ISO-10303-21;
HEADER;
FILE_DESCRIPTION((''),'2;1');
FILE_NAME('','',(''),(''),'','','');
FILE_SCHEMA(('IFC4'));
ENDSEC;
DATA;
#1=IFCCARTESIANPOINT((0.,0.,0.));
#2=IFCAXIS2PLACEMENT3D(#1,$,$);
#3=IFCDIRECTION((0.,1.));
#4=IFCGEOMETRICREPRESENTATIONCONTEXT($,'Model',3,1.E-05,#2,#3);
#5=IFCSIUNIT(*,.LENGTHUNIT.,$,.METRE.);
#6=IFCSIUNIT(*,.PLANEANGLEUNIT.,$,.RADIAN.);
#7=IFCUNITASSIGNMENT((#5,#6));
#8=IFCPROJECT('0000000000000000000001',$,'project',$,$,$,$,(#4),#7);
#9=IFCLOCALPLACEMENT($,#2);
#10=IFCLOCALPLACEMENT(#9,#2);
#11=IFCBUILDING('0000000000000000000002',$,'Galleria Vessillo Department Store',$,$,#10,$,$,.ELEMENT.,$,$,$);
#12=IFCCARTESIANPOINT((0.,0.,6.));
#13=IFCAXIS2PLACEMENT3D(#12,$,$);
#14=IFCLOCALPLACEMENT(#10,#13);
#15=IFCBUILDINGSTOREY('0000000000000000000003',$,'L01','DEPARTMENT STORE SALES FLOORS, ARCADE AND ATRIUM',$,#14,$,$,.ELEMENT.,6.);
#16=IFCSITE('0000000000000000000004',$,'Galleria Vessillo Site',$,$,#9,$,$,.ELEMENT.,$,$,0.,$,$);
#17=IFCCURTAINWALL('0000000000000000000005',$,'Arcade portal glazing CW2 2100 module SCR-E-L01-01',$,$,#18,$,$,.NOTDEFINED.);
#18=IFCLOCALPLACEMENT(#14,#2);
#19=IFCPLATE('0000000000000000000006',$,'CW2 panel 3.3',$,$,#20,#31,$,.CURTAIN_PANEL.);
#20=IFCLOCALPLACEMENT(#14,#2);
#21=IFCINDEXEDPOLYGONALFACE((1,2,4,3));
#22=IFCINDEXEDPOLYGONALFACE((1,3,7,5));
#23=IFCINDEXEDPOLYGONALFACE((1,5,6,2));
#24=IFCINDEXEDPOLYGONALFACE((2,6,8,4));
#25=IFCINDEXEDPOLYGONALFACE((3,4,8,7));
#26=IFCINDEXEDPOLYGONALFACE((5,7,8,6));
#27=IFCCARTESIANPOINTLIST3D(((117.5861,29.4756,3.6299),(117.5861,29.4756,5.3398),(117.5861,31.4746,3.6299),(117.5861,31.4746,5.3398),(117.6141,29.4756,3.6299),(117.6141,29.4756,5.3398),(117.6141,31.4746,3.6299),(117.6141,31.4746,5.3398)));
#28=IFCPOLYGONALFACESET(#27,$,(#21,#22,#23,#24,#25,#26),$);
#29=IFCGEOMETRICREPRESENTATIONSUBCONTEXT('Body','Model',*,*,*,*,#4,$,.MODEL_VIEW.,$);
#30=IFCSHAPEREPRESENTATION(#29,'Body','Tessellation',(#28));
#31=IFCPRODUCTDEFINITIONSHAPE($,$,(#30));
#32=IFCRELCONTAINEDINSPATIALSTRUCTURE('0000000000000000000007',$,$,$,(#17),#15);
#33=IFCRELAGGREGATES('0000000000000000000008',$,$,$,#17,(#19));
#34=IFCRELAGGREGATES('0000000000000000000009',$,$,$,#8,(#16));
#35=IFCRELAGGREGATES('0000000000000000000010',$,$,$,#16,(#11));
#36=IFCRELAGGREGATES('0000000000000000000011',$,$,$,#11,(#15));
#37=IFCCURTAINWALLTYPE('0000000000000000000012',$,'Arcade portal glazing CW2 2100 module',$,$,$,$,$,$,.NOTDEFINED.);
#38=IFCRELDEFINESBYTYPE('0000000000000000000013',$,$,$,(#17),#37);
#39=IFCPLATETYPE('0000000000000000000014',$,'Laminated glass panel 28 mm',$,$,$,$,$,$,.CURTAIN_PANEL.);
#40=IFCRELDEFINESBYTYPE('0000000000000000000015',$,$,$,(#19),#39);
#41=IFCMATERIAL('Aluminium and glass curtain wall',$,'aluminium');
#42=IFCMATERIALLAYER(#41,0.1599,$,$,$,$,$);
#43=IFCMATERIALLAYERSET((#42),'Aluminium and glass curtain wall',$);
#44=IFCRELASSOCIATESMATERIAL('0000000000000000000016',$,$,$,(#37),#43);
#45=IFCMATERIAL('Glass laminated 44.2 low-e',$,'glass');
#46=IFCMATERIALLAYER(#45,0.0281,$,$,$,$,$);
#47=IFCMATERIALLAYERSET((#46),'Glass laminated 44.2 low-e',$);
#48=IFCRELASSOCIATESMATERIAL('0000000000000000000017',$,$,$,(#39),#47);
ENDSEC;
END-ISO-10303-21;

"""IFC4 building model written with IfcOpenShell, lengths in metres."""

from ifc_helpers import new_model, si_unit, direction, frame, origin, origin_2d, place, context, subcontext, project, spatial, rectangle, extrude, material, layer, layer_set, type_object, element, aggregate, save


model = new_model("IFC4")

# Units and contexts
model_context = context("Model", 3, precision=1e-05, world=origin(), true_north=direction((0.0, 1.0)))
body_context = subcontext(model_context, "Body", "Model", "MODEL_VIEW")
ifc_project = project(units=[si_unit("LENGTHUNIT", "METRE"), si_unit("PLANEANGLEUNIT", "RADIAN")], contexts=[model_context])

# Site, building, storey
site_placement = place(None, origin())
site = spatial("IfcSite", under=ifc_project, at=site_placement, Name="Galleria Vessillo Site", CompositionType="ELEMENT", RefElevation=0.0)
building_placement = place(site_placement, origin())
building = spatial("IfcBuilding", under=site, at=building_placement, Name="Galleria Vessillo Department Store", CompositionType="ELEMENT")
storey_placement = place(building_placement, frame((0.0, 0.0, 6.0)))
storey = spatial("IfcBuildingStorey", under=building, at=storey_placement, Name="L01", Description="DEPARTMENT STORE SALES FLOORS, ARCADE AND ATRIUM", CompositionType="ELEMENT", Elevation=6.0)

# Shared definitions
ifc_material_1 = material(Name="Aluminium and glass curtain wall", Category="aluminium")
ifc_layer_1 = layer(ifc_material_1, 0.1599)
ifc_layer_set_1 = layer_set([ifc_layer_1], Name="Aluminium and glass curtain wall")
curtain_wall_type = type_object("IfcCurtainWallType", Name="Arcade portal glazing CW2 2100 module", PredefinedType="NOTDEFINED", material=ifc_layer_set_1)

# Curtain wall
curtain_wall_1_placement = place(storey_placement, origin())
curtain_wall_1 = element("IfcCurtainWall", 1, at=curtain_wall_1_placement, inside=storey, type_object=curtain_wall_type, Name="Arcade portal glazing CW2 2100 module SCR-E-L01-01", PredefinedType="NOTDEFINED")

# Plate
ifc_material_2 = material(Name="Glass laminated 44.2 low-e", Category="glass")
ifc_layer_2 = layer(ifc_material_2, 0.0281)
ifc_layer_set_2 = layer_set([ifc_layer_2], Name="Glass laminated 44.2 low-e")
plate_type = type_object("IfcPlateType", Name="Laminated glass panel 28 mm", PredefinedType="CURTAIN_PANEL", material=ifc_layer_set_2)
plate_1_placement = place(storey_placement, frame((117.6001, 30.4751, 3.6299), z_axis=(0.0, 0.0, 1.0), x_axis=(0.0, 1.0, 0.0)))
plate_1 = element("IfcPlate", 2, at=plate_1_placement, type_object=plate_type, Name="CW2 panel 3.3", PredefinedType="CURTAIN_PANEL", context=body_context, shape_type="SweptSolid", body=[
    extrude(rectangle(XDim=1.999, YDim=0.0281, at=origin_2d()), origin(), (0.0, 0.0, 1.0), 1.71),
])
aggregate(curtain_wall_1, [plate_1])

save(model, "model.ifc")
